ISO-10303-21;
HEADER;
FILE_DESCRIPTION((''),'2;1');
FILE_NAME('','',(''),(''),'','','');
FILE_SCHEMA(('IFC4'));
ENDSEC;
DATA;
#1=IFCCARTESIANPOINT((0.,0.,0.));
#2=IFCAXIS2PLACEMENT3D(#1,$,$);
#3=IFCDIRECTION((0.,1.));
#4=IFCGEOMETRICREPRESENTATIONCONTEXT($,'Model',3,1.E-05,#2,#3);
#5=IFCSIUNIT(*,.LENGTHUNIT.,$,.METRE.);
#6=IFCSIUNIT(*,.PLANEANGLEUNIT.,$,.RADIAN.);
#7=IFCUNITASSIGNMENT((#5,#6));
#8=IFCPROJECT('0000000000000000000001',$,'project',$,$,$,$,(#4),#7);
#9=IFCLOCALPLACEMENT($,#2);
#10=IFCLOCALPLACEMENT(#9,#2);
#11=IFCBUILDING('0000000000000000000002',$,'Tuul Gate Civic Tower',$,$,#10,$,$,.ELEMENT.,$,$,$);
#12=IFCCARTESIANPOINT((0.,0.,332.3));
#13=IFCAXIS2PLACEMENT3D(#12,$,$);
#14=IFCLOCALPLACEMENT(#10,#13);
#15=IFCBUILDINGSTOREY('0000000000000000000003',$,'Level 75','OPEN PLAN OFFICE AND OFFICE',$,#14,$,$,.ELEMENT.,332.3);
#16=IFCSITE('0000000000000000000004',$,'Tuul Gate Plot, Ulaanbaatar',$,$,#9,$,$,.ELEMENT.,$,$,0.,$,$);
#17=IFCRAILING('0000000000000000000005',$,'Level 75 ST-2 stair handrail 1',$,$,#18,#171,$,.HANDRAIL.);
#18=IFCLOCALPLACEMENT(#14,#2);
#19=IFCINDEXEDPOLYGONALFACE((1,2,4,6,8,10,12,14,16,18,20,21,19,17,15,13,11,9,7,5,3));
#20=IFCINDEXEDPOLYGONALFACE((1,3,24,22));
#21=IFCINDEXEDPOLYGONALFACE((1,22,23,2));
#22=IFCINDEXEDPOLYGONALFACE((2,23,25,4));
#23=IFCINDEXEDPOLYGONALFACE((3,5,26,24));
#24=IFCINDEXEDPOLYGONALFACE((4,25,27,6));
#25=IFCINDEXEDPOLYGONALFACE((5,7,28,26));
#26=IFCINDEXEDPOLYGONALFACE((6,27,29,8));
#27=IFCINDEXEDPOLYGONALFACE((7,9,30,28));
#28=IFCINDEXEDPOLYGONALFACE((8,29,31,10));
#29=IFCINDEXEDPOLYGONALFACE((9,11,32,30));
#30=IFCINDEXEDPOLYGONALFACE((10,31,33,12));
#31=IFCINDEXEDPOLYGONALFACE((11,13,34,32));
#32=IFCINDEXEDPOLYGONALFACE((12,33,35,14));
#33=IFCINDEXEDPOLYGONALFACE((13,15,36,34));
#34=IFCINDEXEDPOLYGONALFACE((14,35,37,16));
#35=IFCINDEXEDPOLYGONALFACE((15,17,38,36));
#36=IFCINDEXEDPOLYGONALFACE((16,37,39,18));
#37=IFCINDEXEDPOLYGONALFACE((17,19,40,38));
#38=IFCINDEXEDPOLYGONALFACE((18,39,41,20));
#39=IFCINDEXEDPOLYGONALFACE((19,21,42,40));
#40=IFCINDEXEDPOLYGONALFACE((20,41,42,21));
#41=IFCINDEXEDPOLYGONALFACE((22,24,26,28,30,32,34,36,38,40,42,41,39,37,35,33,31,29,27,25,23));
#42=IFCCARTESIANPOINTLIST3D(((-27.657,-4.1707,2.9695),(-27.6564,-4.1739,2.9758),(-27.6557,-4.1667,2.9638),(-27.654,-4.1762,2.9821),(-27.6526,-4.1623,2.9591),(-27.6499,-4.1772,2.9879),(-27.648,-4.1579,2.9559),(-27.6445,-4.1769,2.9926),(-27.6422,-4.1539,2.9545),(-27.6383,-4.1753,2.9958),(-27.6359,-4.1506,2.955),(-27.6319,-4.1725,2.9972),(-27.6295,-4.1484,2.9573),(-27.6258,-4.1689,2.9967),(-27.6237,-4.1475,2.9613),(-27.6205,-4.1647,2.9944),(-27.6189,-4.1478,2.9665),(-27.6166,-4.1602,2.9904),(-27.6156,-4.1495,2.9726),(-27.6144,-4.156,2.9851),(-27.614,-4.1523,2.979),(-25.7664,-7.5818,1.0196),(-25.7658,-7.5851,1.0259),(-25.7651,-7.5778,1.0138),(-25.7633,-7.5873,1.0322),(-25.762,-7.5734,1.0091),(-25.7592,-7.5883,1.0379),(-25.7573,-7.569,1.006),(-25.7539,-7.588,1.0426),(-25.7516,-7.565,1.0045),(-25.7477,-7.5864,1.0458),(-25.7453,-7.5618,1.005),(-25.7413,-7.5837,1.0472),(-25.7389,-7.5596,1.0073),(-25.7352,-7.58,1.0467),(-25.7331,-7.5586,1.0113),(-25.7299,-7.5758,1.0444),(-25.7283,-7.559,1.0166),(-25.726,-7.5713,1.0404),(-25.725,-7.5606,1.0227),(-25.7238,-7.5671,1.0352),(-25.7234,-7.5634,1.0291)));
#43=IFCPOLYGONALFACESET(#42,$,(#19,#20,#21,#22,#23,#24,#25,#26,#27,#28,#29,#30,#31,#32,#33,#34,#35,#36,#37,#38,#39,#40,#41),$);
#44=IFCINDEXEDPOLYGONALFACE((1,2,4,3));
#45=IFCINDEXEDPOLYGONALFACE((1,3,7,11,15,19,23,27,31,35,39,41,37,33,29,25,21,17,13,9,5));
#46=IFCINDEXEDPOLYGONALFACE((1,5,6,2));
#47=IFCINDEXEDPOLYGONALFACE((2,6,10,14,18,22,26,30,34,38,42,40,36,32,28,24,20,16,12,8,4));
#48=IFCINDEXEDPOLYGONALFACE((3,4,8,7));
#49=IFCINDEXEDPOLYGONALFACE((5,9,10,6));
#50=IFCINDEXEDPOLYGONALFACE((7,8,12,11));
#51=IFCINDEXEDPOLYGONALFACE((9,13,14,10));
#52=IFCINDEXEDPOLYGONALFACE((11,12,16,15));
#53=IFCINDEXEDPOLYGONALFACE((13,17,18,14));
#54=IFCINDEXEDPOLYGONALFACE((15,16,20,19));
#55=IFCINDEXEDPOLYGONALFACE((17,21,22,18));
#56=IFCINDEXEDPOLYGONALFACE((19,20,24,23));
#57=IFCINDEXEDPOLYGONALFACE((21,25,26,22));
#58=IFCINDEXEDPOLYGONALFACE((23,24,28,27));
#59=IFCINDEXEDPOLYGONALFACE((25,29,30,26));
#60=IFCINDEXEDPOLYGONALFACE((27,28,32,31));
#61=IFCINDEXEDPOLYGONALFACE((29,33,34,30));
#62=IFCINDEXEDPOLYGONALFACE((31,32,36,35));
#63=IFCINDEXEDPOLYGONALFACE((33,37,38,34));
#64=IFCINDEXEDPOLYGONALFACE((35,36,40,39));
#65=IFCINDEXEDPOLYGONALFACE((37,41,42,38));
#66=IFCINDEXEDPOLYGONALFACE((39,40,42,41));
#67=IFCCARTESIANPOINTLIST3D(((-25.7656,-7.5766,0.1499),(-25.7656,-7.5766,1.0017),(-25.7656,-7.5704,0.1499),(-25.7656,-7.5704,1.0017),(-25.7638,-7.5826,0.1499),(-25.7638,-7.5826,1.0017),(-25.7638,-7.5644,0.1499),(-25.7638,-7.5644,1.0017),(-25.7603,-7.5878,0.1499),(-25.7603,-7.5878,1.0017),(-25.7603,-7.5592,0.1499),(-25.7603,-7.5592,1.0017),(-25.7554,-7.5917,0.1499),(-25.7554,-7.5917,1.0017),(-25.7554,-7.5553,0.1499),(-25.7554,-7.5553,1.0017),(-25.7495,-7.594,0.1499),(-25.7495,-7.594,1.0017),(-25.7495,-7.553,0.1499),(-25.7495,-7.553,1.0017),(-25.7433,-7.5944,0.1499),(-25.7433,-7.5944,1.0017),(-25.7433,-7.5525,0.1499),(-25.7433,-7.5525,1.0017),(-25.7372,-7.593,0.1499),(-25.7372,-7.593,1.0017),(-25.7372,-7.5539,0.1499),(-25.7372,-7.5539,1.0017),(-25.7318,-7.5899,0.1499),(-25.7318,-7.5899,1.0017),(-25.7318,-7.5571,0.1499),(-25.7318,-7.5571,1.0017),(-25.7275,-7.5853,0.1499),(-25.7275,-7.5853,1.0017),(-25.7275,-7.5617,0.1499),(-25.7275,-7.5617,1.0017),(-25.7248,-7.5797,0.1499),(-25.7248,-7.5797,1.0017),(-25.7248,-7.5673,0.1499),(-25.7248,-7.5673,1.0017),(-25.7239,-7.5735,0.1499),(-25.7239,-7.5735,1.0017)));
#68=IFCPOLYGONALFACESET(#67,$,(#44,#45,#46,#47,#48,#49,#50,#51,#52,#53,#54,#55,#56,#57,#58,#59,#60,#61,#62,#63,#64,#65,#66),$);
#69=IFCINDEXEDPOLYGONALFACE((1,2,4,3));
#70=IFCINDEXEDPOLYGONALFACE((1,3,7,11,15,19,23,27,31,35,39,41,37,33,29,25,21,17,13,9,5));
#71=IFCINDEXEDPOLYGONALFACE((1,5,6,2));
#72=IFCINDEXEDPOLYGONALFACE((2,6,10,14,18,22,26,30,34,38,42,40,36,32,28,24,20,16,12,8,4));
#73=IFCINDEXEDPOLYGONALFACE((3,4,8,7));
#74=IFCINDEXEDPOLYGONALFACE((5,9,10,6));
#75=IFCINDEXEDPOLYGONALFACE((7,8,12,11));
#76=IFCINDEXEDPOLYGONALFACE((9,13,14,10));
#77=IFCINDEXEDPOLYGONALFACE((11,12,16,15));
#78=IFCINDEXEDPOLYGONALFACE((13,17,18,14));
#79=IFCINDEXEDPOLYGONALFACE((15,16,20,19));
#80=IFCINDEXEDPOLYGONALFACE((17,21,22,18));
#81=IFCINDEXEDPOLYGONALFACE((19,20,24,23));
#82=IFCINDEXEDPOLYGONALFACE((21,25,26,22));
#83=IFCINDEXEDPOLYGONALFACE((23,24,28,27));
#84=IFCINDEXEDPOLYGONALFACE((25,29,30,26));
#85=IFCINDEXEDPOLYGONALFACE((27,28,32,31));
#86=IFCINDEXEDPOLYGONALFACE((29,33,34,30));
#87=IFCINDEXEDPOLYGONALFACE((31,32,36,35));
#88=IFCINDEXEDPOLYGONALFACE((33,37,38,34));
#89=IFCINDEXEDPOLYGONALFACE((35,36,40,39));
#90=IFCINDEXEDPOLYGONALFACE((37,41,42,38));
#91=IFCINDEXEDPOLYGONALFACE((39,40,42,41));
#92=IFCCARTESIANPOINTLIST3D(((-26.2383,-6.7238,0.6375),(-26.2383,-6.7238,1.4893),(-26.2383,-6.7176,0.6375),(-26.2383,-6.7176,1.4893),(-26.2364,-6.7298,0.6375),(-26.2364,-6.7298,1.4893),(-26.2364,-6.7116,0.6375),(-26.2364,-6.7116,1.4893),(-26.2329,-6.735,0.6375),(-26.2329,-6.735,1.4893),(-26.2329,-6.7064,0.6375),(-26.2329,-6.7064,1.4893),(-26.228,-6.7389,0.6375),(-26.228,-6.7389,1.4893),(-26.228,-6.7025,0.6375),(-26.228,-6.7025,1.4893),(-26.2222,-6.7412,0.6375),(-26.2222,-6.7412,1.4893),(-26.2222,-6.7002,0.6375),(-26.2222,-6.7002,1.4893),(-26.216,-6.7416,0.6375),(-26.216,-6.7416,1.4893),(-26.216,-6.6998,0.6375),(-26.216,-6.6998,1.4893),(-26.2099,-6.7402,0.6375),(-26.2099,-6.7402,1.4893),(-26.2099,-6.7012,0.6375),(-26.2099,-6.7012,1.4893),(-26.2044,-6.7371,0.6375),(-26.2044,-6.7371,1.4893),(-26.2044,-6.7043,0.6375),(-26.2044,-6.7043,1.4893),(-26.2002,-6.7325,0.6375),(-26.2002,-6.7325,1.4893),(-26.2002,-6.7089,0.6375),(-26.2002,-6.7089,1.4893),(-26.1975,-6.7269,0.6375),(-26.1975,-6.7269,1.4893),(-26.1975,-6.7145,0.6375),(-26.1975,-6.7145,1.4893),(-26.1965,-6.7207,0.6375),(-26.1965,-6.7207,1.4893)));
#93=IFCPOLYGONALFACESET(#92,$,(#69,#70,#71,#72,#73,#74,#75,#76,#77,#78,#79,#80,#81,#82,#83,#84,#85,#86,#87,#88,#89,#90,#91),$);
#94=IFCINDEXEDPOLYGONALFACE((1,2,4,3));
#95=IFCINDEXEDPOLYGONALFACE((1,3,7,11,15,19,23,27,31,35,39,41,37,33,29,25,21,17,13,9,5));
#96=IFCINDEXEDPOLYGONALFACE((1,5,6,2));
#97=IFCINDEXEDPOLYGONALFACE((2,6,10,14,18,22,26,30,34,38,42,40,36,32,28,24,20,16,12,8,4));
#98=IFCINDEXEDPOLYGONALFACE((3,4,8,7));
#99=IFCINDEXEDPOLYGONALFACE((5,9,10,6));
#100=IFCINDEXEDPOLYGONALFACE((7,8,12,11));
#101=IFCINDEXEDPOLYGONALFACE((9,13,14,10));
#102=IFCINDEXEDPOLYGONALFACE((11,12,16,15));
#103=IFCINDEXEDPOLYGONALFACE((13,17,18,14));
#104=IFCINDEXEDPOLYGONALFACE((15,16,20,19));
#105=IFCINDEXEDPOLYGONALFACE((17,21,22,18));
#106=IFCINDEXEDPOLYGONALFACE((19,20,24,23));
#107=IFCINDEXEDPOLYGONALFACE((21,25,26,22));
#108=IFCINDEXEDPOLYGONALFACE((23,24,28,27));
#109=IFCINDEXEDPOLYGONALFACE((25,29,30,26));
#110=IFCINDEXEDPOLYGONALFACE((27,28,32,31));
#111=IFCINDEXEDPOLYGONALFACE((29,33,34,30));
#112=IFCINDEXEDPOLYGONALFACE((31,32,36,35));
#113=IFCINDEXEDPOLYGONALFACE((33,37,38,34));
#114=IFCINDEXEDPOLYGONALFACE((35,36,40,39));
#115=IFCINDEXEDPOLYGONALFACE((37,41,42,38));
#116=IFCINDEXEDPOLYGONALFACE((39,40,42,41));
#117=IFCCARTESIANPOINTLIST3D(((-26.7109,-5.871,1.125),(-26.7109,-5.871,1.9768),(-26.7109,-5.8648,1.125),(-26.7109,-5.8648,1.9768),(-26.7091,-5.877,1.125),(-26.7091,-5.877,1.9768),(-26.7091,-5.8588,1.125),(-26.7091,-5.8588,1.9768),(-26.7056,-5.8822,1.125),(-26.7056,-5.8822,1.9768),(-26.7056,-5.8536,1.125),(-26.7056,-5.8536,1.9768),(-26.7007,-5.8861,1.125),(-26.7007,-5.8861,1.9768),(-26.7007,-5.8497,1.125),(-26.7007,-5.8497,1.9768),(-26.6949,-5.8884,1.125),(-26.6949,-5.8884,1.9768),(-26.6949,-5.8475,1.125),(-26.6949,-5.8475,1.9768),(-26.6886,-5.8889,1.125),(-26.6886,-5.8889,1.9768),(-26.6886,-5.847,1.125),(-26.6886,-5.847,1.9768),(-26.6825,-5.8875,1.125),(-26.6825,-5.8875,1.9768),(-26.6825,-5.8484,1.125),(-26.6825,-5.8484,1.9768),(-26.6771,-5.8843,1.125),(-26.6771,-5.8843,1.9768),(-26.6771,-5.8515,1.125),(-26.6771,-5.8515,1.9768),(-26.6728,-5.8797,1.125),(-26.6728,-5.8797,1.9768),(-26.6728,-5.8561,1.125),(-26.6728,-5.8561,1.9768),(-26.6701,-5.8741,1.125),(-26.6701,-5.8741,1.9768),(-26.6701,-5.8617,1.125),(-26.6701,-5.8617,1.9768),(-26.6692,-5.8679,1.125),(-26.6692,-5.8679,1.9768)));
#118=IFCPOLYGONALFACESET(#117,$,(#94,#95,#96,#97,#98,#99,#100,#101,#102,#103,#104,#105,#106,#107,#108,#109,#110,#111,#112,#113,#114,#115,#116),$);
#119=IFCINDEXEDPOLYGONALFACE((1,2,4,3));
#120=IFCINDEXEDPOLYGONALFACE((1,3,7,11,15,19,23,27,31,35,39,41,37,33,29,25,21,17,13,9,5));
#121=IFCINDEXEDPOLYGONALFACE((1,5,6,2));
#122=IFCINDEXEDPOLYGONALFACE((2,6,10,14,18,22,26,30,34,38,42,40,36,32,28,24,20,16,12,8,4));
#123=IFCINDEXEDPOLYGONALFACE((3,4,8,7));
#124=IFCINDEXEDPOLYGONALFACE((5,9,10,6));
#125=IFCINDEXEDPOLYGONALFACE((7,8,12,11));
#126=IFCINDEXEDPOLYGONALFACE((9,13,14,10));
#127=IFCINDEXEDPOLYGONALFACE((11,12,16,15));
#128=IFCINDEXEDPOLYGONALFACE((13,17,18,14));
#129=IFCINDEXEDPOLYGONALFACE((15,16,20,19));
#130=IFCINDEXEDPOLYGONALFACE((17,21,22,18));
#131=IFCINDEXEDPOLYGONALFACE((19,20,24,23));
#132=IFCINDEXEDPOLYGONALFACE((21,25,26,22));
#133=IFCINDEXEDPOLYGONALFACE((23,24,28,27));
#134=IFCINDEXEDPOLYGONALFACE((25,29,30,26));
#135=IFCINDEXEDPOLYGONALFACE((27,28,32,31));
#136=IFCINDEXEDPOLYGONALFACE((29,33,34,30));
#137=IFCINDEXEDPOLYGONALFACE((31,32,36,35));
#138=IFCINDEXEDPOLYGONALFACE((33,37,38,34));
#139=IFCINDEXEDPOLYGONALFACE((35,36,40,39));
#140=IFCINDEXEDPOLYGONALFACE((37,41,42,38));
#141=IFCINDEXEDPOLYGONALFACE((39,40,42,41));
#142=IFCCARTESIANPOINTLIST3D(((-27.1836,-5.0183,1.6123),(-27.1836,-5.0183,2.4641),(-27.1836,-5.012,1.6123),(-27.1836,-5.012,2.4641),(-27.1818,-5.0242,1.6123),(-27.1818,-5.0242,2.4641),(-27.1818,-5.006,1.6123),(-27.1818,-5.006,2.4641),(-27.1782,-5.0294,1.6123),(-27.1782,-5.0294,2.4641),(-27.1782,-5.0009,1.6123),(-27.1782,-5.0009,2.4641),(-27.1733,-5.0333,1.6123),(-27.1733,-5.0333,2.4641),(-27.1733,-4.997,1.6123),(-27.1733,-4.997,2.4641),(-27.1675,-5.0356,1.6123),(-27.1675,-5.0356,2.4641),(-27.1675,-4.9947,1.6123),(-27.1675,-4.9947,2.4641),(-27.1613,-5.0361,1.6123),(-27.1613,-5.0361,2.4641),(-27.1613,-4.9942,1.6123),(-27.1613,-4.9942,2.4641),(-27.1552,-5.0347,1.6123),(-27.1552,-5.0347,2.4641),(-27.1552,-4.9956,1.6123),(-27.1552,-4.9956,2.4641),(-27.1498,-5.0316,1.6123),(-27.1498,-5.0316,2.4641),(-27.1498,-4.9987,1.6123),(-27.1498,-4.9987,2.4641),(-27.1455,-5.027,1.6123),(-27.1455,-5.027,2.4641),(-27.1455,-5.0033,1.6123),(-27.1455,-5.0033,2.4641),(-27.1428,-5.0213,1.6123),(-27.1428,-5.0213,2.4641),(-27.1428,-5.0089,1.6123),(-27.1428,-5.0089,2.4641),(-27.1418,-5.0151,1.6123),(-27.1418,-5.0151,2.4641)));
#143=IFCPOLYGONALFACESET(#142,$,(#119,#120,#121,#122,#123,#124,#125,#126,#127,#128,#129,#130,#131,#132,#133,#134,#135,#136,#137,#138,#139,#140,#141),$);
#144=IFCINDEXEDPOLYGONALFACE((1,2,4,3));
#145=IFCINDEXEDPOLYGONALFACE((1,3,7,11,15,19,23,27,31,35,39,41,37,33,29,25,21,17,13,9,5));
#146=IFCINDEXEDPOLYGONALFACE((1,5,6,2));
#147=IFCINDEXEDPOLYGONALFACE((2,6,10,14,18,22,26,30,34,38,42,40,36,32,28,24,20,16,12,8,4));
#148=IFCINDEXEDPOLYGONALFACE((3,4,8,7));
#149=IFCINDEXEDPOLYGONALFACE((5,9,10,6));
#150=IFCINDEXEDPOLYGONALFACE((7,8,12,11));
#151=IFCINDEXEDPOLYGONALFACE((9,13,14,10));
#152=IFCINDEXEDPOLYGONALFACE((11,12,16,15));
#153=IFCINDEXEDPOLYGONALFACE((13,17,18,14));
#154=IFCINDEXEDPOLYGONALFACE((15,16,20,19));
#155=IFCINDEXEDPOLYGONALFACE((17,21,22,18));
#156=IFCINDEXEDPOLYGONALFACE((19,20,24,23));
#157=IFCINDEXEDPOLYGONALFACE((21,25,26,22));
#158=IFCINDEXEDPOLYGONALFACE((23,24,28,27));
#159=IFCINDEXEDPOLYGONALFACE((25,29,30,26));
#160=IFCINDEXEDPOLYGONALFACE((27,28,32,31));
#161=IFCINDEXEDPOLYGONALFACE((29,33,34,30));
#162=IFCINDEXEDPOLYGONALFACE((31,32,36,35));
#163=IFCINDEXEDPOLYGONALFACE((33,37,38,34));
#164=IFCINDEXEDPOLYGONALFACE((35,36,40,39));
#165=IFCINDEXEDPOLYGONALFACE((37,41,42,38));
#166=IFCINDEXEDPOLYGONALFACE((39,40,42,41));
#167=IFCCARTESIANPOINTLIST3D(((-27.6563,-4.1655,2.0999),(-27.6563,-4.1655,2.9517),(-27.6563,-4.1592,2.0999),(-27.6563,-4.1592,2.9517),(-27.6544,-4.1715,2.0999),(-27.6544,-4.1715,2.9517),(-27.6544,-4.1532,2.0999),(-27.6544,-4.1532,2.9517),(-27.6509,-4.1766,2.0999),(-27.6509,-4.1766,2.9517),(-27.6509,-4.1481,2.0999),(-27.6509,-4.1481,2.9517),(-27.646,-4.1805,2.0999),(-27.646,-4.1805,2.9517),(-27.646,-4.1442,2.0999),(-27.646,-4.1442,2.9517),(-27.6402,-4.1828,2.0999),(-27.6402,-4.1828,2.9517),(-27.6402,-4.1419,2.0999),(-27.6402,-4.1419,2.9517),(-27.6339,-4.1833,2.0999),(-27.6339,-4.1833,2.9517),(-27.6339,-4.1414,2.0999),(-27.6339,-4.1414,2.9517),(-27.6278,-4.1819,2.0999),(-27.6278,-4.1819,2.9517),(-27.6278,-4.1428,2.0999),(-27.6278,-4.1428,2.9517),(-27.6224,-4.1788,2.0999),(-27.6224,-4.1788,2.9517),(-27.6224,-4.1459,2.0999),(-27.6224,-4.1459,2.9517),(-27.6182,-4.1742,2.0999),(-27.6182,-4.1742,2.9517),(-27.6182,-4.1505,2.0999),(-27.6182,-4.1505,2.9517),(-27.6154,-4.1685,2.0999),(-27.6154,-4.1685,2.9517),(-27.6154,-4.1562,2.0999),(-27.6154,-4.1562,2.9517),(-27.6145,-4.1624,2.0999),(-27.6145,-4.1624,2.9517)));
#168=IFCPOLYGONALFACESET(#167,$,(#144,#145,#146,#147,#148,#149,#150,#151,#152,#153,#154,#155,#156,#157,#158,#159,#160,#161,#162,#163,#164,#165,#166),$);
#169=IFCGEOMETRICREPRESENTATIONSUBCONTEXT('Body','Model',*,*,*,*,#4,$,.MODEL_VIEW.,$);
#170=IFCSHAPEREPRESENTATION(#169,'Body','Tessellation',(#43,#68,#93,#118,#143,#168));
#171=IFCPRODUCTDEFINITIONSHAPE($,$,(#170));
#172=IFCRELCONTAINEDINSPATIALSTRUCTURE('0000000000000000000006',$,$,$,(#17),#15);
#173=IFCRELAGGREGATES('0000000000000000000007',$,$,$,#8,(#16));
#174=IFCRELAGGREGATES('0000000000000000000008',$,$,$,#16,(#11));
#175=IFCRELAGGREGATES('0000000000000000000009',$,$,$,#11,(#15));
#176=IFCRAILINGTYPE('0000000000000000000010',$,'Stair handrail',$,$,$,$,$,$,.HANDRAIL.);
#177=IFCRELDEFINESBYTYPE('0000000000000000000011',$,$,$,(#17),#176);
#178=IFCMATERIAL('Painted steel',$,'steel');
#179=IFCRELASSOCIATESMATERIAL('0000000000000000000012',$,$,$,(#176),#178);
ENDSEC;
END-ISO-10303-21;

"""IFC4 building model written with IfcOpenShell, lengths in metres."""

from ifc_helpers import new_model, si_unit, direction, frame, origin, origin_2d, place, context, subcontext, project, spatial, circle, extrude, material, type_object, element, save


model = new_model("IFC4")

# Units and contexts
model_context = context("Model", 3, precision=1e-05, world=origin(), true_north=direction((0.0, 1.0)))
body_context = subcontext(model_context, "Body", "Model", "MODEL_VIEW")
ifc_project = project(units=[si_unit("LENGTHUNIT", "METRE"), si_unit("PLANEANGLEUNIT", "RADIAN")], contexts=[model_context])

# Site, building, storey
site_placement = place(None, origin())
site = spatial("IfcSite", under=ifc_project, at=site_placement, Name="Tuul Gate Plot, Ulaanbaatar", CompositionType="ELEMENT", RefElevation=0.0)
building_placement = place(site_placement, origin())
building = spatial("IfcBuilding", under=site, at=building_placement, Name="Tuul Gate Civic Tower", CompositionType="ELEMENT")
storey_placement = place(building_placement, frame((0.0, 0.0, 332.3)))
storey = spatial("IfcBuildingStorey", under=building, at=storey_placement, Name="Level 75", Description="OPEN PLAN OFFICE AND OFFICE", CompositionType="ELEMENT", Elevation=332.3)

# Railing
ifc_material_1 = material(Name="Painted steel", Category="steel")
railing_type_1 = type_object("IfcRailingType", Name="Stair handrail", PredefinedType="HANDRAIL", material=ifc_material_1)
railing_1_placement = place(storey_placement, frame((-25.7449, -7.5735, 0.1499)))
element("IfcRailing", 1, at=railing_1_placement, inside=storey, type_object=railing_type_1, Name="Level 75 ST-2 stair handrail 1", PredefinedType="HANDRAIL", context=body_context, shape_type="SweptSolid", body=[
    extrude(circle(Radius=0.0239, at=origin_2d()), frame((0.0, 0.0, 0.876), z_axis=(-0.433595, 0.782308, 0.447201), x_axis=(-0.874641, -0.484771, 0.0)), (0.0, 0.0, 1.0), 4.3604),
    extrude(circle(Radius=0.021, at=origin_2d()), origin(), (0.0, 0.0, 1.0), 0.8518),
    extrude(circle(Radius=0.021, at=origin_2d()), frame((-0.4727, 0.8528, 0.4875)), (0.0, 0.0, 1.0), 0.8518),
    extrude(circle(Radius=0.021, at=origin_2d()), frame((-0.9453, 1.7056, 0.9751)), (0.0, 0.0, 1.0), 0.8518),
    extrude(circle(Radius=0.021, at=origin_2d()), frame((-1.418, 2.5583, 1.4624)), (0.0, 0.0, 1.0), 0.8518),
    extrude(circle(Radius=0.021, at=origin_2d()), frame((-1.8906, 3.4111, 1.95)), (0.0, 0.0, 1.0), 0.8518),
])

save(model, "model.ifc")
